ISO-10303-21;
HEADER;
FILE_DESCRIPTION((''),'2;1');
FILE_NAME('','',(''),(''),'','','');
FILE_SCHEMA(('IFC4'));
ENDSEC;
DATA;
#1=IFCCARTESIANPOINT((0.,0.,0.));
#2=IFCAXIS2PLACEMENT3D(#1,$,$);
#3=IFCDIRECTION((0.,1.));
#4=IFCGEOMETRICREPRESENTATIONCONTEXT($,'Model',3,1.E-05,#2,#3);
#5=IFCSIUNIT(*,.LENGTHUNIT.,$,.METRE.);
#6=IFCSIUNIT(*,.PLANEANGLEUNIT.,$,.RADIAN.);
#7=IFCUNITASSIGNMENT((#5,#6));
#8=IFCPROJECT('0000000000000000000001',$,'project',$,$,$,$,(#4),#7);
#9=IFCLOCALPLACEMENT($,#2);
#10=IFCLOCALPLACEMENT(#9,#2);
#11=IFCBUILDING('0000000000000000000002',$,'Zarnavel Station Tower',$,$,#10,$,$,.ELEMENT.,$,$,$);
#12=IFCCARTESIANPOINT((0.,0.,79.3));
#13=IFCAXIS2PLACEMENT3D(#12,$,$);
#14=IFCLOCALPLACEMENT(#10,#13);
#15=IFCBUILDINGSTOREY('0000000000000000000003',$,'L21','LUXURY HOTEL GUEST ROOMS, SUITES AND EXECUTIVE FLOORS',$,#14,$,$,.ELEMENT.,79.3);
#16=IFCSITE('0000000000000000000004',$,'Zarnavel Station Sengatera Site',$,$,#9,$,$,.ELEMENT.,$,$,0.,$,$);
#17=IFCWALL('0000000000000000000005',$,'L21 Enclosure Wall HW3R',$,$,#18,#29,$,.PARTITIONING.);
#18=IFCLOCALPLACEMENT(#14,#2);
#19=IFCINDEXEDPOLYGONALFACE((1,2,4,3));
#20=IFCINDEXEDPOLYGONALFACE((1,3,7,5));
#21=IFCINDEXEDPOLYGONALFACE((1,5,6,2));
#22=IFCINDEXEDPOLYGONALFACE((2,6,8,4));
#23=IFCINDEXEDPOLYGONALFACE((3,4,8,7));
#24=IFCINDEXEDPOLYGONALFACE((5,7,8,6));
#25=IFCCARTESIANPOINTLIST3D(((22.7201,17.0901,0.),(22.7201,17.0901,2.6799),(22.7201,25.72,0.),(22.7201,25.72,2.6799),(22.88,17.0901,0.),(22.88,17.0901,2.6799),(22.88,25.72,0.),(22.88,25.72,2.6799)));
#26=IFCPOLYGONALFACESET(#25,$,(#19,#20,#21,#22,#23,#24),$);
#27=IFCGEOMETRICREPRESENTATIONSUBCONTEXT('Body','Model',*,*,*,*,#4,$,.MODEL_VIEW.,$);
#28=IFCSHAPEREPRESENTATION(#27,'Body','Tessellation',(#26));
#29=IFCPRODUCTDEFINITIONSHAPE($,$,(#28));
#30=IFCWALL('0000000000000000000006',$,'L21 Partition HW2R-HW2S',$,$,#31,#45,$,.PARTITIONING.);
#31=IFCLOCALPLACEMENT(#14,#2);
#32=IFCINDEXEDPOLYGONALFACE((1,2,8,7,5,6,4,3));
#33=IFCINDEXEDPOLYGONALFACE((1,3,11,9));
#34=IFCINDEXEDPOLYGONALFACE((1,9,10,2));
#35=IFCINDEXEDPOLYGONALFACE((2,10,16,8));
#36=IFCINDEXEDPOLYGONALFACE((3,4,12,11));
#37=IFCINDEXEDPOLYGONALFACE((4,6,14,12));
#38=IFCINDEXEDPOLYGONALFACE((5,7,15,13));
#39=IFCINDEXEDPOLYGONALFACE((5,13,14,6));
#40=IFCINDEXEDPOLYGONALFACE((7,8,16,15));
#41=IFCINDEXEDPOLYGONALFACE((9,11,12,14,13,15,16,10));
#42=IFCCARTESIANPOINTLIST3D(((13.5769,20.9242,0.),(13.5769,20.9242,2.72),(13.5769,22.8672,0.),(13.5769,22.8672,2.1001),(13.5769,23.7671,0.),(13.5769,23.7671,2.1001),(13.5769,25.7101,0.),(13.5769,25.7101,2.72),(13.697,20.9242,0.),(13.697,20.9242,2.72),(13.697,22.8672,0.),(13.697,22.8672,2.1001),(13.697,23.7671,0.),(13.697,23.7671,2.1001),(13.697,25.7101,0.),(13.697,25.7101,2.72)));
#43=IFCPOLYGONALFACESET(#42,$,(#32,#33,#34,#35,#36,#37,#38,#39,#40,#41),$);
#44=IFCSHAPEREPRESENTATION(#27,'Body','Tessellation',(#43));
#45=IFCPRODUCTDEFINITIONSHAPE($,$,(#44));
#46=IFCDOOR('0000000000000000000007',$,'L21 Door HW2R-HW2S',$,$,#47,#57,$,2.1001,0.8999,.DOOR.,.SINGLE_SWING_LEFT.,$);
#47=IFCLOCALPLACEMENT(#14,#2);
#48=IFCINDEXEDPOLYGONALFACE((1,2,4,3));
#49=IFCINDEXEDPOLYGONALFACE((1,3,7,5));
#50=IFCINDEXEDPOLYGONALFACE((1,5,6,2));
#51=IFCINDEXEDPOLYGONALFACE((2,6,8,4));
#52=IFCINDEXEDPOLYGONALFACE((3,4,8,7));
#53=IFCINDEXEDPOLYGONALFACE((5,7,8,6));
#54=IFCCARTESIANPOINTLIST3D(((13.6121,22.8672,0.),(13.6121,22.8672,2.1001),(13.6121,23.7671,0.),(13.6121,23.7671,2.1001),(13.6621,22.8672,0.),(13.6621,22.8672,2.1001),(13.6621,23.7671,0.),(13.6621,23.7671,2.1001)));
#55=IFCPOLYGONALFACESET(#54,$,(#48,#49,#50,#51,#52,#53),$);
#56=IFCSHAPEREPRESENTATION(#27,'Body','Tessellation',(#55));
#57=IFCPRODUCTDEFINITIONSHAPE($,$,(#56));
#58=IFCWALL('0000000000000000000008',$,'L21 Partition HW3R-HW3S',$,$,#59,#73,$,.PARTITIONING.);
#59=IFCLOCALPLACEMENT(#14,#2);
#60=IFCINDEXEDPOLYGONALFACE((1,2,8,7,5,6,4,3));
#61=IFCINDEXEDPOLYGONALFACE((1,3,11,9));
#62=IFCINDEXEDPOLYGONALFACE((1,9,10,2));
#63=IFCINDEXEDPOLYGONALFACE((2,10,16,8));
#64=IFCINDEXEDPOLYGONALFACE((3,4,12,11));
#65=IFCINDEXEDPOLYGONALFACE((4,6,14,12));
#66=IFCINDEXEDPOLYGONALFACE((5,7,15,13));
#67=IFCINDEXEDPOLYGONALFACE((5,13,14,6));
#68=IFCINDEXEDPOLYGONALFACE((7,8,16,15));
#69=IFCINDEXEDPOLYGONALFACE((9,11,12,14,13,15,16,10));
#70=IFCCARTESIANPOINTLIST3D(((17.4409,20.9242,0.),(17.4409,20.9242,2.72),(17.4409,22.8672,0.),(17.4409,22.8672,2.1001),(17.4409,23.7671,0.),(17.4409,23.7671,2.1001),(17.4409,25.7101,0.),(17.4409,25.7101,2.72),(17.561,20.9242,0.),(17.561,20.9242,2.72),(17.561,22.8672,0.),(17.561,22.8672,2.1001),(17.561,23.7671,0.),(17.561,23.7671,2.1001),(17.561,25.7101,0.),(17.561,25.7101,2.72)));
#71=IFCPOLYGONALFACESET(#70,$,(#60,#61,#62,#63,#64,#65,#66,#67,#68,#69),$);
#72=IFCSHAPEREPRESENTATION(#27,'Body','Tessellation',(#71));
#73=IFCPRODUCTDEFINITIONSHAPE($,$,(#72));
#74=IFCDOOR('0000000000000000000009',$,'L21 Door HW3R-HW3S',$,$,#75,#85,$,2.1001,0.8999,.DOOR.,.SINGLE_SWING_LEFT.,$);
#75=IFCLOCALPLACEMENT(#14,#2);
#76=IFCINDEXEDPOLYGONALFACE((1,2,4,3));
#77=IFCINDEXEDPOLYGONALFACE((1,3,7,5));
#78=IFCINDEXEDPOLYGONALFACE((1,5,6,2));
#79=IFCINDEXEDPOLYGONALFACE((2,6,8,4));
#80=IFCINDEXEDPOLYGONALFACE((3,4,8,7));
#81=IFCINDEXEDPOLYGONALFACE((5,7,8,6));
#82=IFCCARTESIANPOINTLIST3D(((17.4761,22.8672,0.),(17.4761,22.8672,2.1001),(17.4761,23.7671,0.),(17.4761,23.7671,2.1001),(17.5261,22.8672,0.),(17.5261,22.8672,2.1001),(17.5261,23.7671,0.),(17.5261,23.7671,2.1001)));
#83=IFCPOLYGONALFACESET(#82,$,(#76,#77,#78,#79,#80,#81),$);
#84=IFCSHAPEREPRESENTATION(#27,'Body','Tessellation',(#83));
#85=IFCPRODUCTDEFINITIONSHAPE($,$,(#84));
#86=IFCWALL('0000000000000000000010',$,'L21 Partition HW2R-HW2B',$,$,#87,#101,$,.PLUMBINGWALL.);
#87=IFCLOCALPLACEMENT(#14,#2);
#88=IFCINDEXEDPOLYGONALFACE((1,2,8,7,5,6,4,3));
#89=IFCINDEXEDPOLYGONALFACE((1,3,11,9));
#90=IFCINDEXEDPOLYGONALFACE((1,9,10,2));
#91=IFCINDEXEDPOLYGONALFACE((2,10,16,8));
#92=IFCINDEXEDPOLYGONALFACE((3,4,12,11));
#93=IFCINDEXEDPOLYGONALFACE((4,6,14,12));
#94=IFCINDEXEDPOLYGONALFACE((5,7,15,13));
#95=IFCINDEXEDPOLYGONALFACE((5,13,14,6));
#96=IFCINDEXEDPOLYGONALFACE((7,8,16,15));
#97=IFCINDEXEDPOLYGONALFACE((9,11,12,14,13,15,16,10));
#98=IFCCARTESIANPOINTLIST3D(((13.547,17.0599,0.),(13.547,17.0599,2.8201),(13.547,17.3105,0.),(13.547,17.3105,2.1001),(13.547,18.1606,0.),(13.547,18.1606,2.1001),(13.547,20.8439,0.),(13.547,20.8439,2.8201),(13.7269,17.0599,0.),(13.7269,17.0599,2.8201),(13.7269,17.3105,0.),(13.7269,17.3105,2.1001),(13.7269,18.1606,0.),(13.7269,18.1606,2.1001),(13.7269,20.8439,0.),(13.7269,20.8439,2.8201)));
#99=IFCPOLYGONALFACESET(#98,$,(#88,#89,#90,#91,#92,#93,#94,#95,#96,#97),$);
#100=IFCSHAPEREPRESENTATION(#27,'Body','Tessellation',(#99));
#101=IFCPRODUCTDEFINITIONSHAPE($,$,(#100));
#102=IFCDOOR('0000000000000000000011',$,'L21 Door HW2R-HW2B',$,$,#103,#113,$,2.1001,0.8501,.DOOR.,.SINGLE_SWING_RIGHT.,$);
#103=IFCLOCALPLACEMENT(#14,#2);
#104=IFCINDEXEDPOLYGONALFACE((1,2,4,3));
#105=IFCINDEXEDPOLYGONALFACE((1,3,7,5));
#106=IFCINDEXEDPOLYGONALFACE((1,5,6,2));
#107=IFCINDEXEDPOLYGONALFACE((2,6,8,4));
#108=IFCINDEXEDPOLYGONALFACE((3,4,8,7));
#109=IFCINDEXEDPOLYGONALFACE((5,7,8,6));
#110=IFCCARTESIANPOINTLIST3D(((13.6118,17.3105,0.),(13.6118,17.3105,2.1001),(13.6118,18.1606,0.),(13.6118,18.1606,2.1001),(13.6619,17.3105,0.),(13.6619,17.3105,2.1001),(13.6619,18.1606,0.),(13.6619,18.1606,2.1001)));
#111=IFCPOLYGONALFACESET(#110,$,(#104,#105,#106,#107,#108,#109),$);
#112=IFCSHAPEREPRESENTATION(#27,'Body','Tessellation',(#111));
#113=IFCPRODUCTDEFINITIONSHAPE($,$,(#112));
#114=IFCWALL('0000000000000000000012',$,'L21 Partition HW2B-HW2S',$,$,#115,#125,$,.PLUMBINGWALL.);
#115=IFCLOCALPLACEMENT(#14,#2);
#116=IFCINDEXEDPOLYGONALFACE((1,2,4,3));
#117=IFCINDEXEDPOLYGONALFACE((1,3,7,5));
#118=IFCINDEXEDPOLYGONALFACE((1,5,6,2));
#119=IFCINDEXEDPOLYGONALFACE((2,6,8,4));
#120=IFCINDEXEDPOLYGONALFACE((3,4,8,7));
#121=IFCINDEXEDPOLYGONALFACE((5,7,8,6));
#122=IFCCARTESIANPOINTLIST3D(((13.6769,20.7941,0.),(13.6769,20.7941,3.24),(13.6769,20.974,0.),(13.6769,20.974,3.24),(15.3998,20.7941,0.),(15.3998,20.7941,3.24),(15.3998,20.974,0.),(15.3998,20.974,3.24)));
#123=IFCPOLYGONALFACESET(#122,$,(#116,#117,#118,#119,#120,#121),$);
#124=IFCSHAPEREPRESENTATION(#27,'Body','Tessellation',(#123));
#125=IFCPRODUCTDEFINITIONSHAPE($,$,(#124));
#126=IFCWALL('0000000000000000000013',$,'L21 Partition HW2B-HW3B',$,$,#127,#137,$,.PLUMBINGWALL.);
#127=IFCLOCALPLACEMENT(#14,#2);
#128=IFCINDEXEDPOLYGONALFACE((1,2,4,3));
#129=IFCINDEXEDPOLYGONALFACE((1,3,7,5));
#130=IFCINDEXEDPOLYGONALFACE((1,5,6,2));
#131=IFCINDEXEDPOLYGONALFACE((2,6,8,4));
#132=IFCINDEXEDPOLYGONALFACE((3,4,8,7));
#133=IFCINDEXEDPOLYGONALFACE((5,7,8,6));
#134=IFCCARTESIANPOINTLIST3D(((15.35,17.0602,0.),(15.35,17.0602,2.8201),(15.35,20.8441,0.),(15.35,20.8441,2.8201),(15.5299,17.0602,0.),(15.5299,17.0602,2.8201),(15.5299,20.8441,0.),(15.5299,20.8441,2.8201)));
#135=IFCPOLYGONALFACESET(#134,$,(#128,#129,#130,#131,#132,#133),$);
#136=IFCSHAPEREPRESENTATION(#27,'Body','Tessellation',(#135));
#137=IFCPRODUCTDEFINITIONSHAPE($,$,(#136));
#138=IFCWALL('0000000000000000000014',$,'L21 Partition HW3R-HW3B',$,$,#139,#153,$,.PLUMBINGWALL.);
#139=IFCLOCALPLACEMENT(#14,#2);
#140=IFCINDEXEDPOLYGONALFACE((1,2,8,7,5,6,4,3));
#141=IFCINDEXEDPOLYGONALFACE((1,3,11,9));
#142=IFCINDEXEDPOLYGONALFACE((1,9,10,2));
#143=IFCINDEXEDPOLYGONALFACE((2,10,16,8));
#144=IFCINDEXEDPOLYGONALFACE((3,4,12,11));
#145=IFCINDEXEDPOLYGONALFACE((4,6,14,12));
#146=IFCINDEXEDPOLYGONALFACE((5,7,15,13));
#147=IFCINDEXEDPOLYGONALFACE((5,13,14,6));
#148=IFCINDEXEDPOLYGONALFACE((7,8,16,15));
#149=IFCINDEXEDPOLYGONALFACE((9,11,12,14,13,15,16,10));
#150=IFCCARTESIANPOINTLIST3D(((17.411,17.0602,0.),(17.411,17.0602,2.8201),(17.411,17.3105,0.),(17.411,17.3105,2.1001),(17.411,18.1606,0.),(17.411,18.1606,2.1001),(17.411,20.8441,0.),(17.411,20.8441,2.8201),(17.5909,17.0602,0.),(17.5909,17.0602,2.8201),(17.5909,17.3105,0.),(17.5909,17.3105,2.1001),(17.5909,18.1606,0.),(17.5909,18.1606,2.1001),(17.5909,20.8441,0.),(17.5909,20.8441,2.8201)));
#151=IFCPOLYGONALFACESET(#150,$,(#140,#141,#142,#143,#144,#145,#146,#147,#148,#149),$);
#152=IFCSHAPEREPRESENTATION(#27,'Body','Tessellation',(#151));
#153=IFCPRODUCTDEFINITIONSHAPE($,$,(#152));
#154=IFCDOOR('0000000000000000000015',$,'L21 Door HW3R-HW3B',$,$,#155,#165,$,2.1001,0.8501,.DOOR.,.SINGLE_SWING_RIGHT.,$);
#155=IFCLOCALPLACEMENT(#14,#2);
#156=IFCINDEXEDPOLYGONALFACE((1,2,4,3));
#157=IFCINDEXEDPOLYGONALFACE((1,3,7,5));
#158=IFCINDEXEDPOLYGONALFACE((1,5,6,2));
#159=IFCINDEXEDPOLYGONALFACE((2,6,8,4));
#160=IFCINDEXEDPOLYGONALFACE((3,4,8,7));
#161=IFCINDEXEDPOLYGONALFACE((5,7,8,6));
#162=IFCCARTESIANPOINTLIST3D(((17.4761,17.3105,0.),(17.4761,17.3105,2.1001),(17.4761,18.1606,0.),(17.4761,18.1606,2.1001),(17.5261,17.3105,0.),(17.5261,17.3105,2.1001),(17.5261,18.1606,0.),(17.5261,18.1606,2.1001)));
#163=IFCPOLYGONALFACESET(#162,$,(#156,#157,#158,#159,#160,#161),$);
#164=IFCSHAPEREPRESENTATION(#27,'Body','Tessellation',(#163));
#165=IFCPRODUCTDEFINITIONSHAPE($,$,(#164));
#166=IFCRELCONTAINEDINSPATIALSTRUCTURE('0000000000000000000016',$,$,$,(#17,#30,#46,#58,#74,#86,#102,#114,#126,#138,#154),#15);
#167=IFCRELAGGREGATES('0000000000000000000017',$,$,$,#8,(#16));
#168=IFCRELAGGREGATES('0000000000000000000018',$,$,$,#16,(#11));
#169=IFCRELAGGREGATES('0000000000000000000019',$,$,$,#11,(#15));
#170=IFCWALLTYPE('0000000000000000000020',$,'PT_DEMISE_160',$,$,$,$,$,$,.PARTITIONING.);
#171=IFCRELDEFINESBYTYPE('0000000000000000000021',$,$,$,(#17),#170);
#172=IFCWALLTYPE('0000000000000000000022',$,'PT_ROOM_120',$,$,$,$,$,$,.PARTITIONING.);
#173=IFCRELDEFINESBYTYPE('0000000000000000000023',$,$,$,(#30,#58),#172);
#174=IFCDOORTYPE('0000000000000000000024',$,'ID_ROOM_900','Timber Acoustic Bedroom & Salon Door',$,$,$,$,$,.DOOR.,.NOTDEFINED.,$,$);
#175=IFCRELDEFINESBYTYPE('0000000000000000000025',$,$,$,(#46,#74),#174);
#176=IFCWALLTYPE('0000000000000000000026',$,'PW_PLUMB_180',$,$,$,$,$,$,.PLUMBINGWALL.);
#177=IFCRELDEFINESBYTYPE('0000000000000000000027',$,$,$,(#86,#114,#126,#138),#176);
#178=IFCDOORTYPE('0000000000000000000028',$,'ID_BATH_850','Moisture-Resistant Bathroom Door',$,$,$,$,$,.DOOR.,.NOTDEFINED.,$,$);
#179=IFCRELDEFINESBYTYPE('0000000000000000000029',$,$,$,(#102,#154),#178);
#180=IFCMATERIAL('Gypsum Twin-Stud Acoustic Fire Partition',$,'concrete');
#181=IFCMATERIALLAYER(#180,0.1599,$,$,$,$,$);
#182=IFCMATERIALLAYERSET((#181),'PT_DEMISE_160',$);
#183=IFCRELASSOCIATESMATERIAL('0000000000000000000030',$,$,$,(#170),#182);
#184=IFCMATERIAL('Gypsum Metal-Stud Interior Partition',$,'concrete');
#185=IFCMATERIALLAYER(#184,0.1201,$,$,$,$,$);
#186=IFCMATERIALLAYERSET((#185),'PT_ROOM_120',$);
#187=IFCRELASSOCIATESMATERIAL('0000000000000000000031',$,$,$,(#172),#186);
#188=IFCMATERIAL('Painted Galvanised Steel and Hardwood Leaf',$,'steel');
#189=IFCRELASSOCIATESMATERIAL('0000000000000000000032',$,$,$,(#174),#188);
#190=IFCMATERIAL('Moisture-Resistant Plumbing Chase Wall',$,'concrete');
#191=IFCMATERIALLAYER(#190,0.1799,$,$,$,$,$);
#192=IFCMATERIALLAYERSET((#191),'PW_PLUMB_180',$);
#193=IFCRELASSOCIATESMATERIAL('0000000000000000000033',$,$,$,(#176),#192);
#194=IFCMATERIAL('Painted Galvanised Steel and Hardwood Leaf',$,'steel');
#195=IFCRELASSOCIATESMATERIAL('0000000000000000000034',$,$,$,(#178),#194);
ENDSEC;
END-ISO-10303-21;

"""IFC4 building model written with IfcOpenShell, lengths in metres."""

from ifc_helpers import new_model, si_unit, direction, frame, frame_2d, origin, place, context, subcontext, project, spatial, rectangle, extrude, material, layer, layer_set, type_object, element, fill, save


model = new_model("IFC4")

# Units and contexts
model_context = context("Model", 3, precision=1e-05, world=origin(), true_north=direction((0.0, 1.0)))
body_context = subcontext(model_context, "Body", "Model", "MODEL_VIEW")
ifc_project = project(units=[si_unit("LENGTHUNIT", "METRE"), si_unit("PLANEANGLEUNIT", "RADIAN")], contexts=[model_context])

# Site, building, storey
site_placement = place(None, origin())
site = spatial("IfcSite", under=ifc_project, at=site_placement, Name="Zarnavel Station Sengatera Site", CompositionType="ELEMENT", RefElevation=0.0)
building_placement = place(site_placement, origin())
building = spatial("IfcBuilding", under=site, at=building_placement, Name="Zarnavel Station Tower", CompositionType="ELEMENT")
storey_placement = place(building_placement, frame((0.0, 0.0, 79.3)))
storey = spatial("IfcBuildingStorey", under=building, at=storey_placement, Name="L21", Description="LUXURY HOTEL GUEST ROOMS, SUITES AND EXECUTIVE FLOORS", CompositionType="ELEMENT", Elevation=79.3)

# Wall
ifc_material_1 = material(Name="Gypsum Twin-Stud Acoustic Fire Partition", Category="concrete")
ifc_layer_1 = layer(ifc_material_1, 0.1599)
ifc_layer_set_1 = layer_set([ifc_layer_1], Name="PT_DEMISE_160")
wall_type_1 = type_object("IfcWallType", Name="PT_DEMISE_160", PredefinedType="PARTITIONING", material=ifc_layer_set_1)
wall_1_placement = place(storey_placement, frame((22.8, 17.0901, 0.0), z_axis=(0.0, 0.0, 1.0), x_axis=(0.0, 1.0, 0.0)))
element("IfcWall", 1, at=wall_1_placement, inside=storey, type_object=wall_type_1, Name="L21 Enclosure Wall HW3R", PredefinedType="PARTITIONING", context=body_context, shape_type="SweptSolid", body=[
    extrude(rectangle(XDim=8.6299, YDim=0.1599, at=frame_2d((4.3149, 0.0))), origin(), (0.0, 0.0, 1.0), 2.6799),
])

# Walls, openings, doors
ifc_material_2 = material(Name="Gypsum Metal-Stud Interior Partition", Category="concrete")
ifc_layer_2 = layer(ifc_material_2, 0.1201)
ifc_layer_set_2 = layer_set([ifc_layer_2], Name="PT_ROOM_120")
wall_type_2 = type_object("IfcWallType", Name="PT_ROOM_120", PredefinedType="PARTITIONING", material=ifc_layer_set_2)
wall_2_placement = place(storey_placement, frame((13.637, 20.9241, 0.0), z_axis=(0.0, 0.0, 1.0), x_axis=(0.0, 1.0, 0.0)))
wall_2 = element("IfcWall", 2, at=wall_2_placement, inside=storey, type_object=wall_type_2, Name="L21 Partition HW2R-HW2S", PredefinedType="PARTITIONING", context=body_context, shape_type="SweptSolid", body=[
    extrude(rectangle(XDim=4.7859, YDim=0.1201, at=frame_2d((2.3931, 0.0))), origin(), (0.0, 0.0, 1.0), 2.72),
])
opening_1_placement = place(wall_2_placement, frame((1.9431, 0.0, 0.0)))
opening_1 = element("IfcOpeningElement", 3, at=opening_1_placement, cuts=wall_2, PredefinedType="OPENING", context=body_context, shape_type="SweptSolid", body=[
    extrude(rectangle(XDim=0.8999, YDim=2.1001, at=frame_2d((0.45, 1.05))), frame((0.0, 0.0701, 0.0), z_axis=(0.0, -1.0, 0.0), x_axis=(1.0, 0.0, 0.0)), (0.0, 0.0, 1.0), 0.1401),
])
ifc_material_3 = material(Name="Painted Galvanised Steel and Hardwood Leaf", Category="steel")
door_type_1 = type_object("IfcDoorType", Name="ID_ROOM_900", Description="Timber Acoustic Bedroom & Salon Door", OperationType="NOTDEFINED", PredefinedType="DOOR", material=ifc_material_3)
door_1_placement = place(opening_1_placement, origin())
door_1 = element("IfcDoor", 4, at=door_1_placement, inside=storey, type_object=door_type_1, Name="L21 Door HW2R-HW2S", OperationType="SINGLE_SWING_LEFT", OverallHeight=2.1001, OverallWidth=0.8999, PredefinedType="DOOR", context=body_context, shape_type="SweptSolid", body=[
    extrude(rectangle(XDim=0.8999, YDim=2.1001, at=frame_2d((0.45, 1.05))), frame((0.0, 0.0249, 0.0), z_axis=(0.0, -1.0, 0.0), x_axis=(1.0, 0.0, 0.0)), (0.0, 0.0, 1.0), 0.05),
])
fill(opening_1, door_1)
wall_3_placement = place(storey_placement, frame((17.501, 20.9241, 0.0), z_axis=(0.0, 0.0, 1.0), x_axis=(0.0, 1.0, 0.0)))
wall_3 = element("IfcWall", 5, at=wall_3_placement, inside=storey, type_object=wall_type_2, Name="L21 Partition HW3R-HW3S", PredefinedType="PARTITIONING", context=body_context, shape_type="SweptSolid", body=[
    extrude(rectangle(XDim=4.7859, YDim=0.1201, at=frame_2d((2.3931, 0.0))), origin(), (0.0, 0.0, 1.0), 2.72),
])
opening_2_placement = place(wall_3_placement, frame((1.9431, 0.0, 0.0)))
opening_2 = element("IfcOpeningElement", 6, at=opening_2_placement, cuts=wall_3, PredefinedType="OPENING", context=body_context, shape_type="SweptSolid", body=[
    extrude(rectangle(XDim=0.8999, YDim=2.1001, at=frame_2d((0.45, 1.05))), frame((0.0, 0.0701, 0.0), z_axis=(0.0, -1.0, 0.0), x_axis=(1.0, 0.0, 0.0)), (0.0, 0.0, 1.0), 0.1401),
])
door_2_placement = place(opening_2_placement, origin())
door_2 = element("IfcDoor", 7, at=door_2_placement, inside=storey, type_object=door_type_1, Name="L21 Door HW3R-HW3S", OperationType="SINGLE_SWING_LEFT", OverallHeight=2.1001, OverallWidth=0.8999, PredefinedType="DOOR", context=body_context, shape_type="SweptSolid", body=[
    extrude(rectangle(XDim=0.8999, YDim=2.1001, at=frame_2d((0.45, 1.05))), frame((0.0, 0.0249, 0.0), z_axis=(0.0, -1.0, 0.0), x_axis=(1.0, 0.0, 0.0)), (0.0, 0.0, 1.0), 0.05),
])
fill(opening_2, door_2)
ifc_material_4 = material(Name="Moisture-Resistant Plumbing Chase Wall", Category="concrete")
ifc_layer_3 = layer(ifc_material_4, 0.1799)
ifc_layer_set_3 = layer_set([ifc_layer_3], Name="PW_PLUMB_180")
wall_type_3 = type_object("IfcWallType", Name="PW_PLUMB_180", PredefinedType="PLUMBINGWALL", material=ifc_layer_set_3)
wall_4_placement = place(storey_placement, frame((13.637, 20.844, 0.0), z_axis=(0.0, 0.0, 1.0), x_axis=(0.0, -1.0, 0.0)))
wall_4 = element("IfcWall", 8, at=wall_4_placement, inside=storey, type_object=wall_type_3, Name="L21 Partition HW2R-HW2B", PredefinedType="PLUMBINGWALL", context=body_context, shape_type="SweptSolid", body=[
    extrude(rectangle(XDim=3.7839, YDim=0.1799, at=frame_2d((1.8921, 0.0))), origin(), (0.0, 0.0, 1.0), 2.8201),
])
opening_3_placement = place(wall_4_placement, frame((2.6833, 0.0, 0.0)))
opening_3 = element("IfcOpeningElement", 9, at=opening_3_placement, cuts=wall_4, PredefinedType="OPENING", context=body_context, shape_type="SweptSolid", body=[
    extrude(rectangle(XDim=0.8501, YDim=2.1001, at=frame_2d((0.425, 1.05))), frame((0.0, 0.0999, 0.0), z_axis=(0.0, -1.0, 0.0), x_axis=(1.0, 0.0, 0.0)), (0.0, 0.0, 1.0), 0.2),
])
ifc_material_5 = material(Name="Painted Galvanised Steel and Hardwood Leaf", Category="steel")
door_type_2 = type_object("IfcDoorType", Name="ID_BATH_850", Description="Moisture-Resistant Bathroom Door", OperationType="NOTDEFINED", PredefinedType="DOOR", material=ifc_material_5)
door_3_placement = place(opening_3_placement, origin())
door_3 = element("IfcDoor", 10, at=door_3_placement, inside=storey, type_object=door_type_2, Name="L21 Door HW2R-HW2B", OperationType="SINGLE_SWING_RIGHT", OverallHeight=2.1001, OverallWidth=0.8501, PredefinedType="DOOR", context=body_context, shape_type="SweptSolid", body=[
    extrude(rectangle(XDim=0.8501, YDim=2.1001, at=frame_2d((0.425, 1.05))), frame((0.0, 0.0249, 0.0), z_axis=(0.0, -1.0, 0.0), x_axis=(1.0, 0.0, 0.0)), (0.0, 0.0, 1.0), 0.05),
])
fill(opening_3, door_3)

# Walls
wall_5_placement = place(storey_placement, frame((13.677, 20.884, 0.0), z_axis=(0.0, 0.0, 1.0), x_axis=(1.0, 0.0, 0.0)))
element("IfcWall", 11, at=wall_5_placement, inside=storey, type_object=wall_type_3, Name="L21 Partition HW2B-HW2S", PredefinedType="PLUMBINGWALL", context=body_context, shape_type="SweptSolid", body=[
    extrude(rectangle(XDim=1.7229, YDim=0.1799, at=frame_2d((0.8613, 0.0))), origin(), (0.0, 0.0, 1.0), 3.24),
])
wall_6_placement = place(storey_placement, frame((15.4399, 17.0601, 0.0), z_axis=(0.0, 0.0, 1.0), x_axis=(0.0, 1.0, 0.0)))
element("IfcWall", 12, at=wall_6_placement, inside=storey, type_object=wall_type_3, Name="L21 Partition HW2B-HW3B", PredefinedType="PLUMBINGWALL", context=body_context, shape_type="SweptSolid", body=[
    extrude(rectangle(XDim=3.7839, YDim=0.1799, at=frame_2d((1.8921, 0.0))), origin(), (0.0, 0.0, 1.0), 2.8201),
])

# Wall, opening, door
wall_7_placement = place(storey_placement, frame((17.501, 17.0601, 0.0), z_axis=(0.0, 0.0, 1.0), x_axis=(0.0, 1.0, 0.0)))
wall_7 = element("IfcWall", 13, at=wall_7_placement, inside=storey, type_object=wall_type_3, Name="L21 Partition HW3R-HW3B", PredefinedType="PLUMBINGWALL", context=body_context, shape_type="SweptSolid", body=[
    extrude(rectangle(XDim=3.7839, YDim=0.1799, at=frame_2d((1.8921, 0.0))), origin(), (0.0, 0.0, 1.0), 2.8201),
])
opening_4_placement = place(wall_7_placement, frame((0.2505, 0.0, 0.0)))
opening_4 = element("IfcOpeningElement", 14, at=opening_4_placement, cuts=wall_7, PredefinedType="OPENING", context=body_context, shape_type="SweptSolid", body=[
    extrude(rectangle(XDim=0.8501, YDim=2.1001, at=frame_2d((0.425, 1.05))), frame((0.0, 0.0999, 0.0), z_axis=(0.0, -1.0, 0.0), x_axis=(1.0, 0.0, 0.0)), (0.0, 0.0, 1.0), 0.2),
])
door_4_placement = place(opening_4_placement, origin())
door_4 = element("IfcDoor", 15, at=door_4_placement, inside=storey, type_object=door_type_2, Name="L21 Door HW3R-HW3B", OperationType="SINGLE_SWING_RIGHT", OverallHeight=2.1001, OverallWidth=0.8501, PredefinedType="DOOR", context=body_context, shape_type="SweptSolid", body=[
    extrude(rectangle(XDim=0.8501, YDim=2.1001, at=frame_2d((0.425, 1.05))), frame((0.0, 0.0249, 0.0), z_axis=(0.0, -1.0, 0.0), x_axis=(1.0, 0.0, 0.0)), (0.0, 0.0, 1.0), 0.05),
])
fill(opening_4, door_4)

save(model, "model.ifc")
